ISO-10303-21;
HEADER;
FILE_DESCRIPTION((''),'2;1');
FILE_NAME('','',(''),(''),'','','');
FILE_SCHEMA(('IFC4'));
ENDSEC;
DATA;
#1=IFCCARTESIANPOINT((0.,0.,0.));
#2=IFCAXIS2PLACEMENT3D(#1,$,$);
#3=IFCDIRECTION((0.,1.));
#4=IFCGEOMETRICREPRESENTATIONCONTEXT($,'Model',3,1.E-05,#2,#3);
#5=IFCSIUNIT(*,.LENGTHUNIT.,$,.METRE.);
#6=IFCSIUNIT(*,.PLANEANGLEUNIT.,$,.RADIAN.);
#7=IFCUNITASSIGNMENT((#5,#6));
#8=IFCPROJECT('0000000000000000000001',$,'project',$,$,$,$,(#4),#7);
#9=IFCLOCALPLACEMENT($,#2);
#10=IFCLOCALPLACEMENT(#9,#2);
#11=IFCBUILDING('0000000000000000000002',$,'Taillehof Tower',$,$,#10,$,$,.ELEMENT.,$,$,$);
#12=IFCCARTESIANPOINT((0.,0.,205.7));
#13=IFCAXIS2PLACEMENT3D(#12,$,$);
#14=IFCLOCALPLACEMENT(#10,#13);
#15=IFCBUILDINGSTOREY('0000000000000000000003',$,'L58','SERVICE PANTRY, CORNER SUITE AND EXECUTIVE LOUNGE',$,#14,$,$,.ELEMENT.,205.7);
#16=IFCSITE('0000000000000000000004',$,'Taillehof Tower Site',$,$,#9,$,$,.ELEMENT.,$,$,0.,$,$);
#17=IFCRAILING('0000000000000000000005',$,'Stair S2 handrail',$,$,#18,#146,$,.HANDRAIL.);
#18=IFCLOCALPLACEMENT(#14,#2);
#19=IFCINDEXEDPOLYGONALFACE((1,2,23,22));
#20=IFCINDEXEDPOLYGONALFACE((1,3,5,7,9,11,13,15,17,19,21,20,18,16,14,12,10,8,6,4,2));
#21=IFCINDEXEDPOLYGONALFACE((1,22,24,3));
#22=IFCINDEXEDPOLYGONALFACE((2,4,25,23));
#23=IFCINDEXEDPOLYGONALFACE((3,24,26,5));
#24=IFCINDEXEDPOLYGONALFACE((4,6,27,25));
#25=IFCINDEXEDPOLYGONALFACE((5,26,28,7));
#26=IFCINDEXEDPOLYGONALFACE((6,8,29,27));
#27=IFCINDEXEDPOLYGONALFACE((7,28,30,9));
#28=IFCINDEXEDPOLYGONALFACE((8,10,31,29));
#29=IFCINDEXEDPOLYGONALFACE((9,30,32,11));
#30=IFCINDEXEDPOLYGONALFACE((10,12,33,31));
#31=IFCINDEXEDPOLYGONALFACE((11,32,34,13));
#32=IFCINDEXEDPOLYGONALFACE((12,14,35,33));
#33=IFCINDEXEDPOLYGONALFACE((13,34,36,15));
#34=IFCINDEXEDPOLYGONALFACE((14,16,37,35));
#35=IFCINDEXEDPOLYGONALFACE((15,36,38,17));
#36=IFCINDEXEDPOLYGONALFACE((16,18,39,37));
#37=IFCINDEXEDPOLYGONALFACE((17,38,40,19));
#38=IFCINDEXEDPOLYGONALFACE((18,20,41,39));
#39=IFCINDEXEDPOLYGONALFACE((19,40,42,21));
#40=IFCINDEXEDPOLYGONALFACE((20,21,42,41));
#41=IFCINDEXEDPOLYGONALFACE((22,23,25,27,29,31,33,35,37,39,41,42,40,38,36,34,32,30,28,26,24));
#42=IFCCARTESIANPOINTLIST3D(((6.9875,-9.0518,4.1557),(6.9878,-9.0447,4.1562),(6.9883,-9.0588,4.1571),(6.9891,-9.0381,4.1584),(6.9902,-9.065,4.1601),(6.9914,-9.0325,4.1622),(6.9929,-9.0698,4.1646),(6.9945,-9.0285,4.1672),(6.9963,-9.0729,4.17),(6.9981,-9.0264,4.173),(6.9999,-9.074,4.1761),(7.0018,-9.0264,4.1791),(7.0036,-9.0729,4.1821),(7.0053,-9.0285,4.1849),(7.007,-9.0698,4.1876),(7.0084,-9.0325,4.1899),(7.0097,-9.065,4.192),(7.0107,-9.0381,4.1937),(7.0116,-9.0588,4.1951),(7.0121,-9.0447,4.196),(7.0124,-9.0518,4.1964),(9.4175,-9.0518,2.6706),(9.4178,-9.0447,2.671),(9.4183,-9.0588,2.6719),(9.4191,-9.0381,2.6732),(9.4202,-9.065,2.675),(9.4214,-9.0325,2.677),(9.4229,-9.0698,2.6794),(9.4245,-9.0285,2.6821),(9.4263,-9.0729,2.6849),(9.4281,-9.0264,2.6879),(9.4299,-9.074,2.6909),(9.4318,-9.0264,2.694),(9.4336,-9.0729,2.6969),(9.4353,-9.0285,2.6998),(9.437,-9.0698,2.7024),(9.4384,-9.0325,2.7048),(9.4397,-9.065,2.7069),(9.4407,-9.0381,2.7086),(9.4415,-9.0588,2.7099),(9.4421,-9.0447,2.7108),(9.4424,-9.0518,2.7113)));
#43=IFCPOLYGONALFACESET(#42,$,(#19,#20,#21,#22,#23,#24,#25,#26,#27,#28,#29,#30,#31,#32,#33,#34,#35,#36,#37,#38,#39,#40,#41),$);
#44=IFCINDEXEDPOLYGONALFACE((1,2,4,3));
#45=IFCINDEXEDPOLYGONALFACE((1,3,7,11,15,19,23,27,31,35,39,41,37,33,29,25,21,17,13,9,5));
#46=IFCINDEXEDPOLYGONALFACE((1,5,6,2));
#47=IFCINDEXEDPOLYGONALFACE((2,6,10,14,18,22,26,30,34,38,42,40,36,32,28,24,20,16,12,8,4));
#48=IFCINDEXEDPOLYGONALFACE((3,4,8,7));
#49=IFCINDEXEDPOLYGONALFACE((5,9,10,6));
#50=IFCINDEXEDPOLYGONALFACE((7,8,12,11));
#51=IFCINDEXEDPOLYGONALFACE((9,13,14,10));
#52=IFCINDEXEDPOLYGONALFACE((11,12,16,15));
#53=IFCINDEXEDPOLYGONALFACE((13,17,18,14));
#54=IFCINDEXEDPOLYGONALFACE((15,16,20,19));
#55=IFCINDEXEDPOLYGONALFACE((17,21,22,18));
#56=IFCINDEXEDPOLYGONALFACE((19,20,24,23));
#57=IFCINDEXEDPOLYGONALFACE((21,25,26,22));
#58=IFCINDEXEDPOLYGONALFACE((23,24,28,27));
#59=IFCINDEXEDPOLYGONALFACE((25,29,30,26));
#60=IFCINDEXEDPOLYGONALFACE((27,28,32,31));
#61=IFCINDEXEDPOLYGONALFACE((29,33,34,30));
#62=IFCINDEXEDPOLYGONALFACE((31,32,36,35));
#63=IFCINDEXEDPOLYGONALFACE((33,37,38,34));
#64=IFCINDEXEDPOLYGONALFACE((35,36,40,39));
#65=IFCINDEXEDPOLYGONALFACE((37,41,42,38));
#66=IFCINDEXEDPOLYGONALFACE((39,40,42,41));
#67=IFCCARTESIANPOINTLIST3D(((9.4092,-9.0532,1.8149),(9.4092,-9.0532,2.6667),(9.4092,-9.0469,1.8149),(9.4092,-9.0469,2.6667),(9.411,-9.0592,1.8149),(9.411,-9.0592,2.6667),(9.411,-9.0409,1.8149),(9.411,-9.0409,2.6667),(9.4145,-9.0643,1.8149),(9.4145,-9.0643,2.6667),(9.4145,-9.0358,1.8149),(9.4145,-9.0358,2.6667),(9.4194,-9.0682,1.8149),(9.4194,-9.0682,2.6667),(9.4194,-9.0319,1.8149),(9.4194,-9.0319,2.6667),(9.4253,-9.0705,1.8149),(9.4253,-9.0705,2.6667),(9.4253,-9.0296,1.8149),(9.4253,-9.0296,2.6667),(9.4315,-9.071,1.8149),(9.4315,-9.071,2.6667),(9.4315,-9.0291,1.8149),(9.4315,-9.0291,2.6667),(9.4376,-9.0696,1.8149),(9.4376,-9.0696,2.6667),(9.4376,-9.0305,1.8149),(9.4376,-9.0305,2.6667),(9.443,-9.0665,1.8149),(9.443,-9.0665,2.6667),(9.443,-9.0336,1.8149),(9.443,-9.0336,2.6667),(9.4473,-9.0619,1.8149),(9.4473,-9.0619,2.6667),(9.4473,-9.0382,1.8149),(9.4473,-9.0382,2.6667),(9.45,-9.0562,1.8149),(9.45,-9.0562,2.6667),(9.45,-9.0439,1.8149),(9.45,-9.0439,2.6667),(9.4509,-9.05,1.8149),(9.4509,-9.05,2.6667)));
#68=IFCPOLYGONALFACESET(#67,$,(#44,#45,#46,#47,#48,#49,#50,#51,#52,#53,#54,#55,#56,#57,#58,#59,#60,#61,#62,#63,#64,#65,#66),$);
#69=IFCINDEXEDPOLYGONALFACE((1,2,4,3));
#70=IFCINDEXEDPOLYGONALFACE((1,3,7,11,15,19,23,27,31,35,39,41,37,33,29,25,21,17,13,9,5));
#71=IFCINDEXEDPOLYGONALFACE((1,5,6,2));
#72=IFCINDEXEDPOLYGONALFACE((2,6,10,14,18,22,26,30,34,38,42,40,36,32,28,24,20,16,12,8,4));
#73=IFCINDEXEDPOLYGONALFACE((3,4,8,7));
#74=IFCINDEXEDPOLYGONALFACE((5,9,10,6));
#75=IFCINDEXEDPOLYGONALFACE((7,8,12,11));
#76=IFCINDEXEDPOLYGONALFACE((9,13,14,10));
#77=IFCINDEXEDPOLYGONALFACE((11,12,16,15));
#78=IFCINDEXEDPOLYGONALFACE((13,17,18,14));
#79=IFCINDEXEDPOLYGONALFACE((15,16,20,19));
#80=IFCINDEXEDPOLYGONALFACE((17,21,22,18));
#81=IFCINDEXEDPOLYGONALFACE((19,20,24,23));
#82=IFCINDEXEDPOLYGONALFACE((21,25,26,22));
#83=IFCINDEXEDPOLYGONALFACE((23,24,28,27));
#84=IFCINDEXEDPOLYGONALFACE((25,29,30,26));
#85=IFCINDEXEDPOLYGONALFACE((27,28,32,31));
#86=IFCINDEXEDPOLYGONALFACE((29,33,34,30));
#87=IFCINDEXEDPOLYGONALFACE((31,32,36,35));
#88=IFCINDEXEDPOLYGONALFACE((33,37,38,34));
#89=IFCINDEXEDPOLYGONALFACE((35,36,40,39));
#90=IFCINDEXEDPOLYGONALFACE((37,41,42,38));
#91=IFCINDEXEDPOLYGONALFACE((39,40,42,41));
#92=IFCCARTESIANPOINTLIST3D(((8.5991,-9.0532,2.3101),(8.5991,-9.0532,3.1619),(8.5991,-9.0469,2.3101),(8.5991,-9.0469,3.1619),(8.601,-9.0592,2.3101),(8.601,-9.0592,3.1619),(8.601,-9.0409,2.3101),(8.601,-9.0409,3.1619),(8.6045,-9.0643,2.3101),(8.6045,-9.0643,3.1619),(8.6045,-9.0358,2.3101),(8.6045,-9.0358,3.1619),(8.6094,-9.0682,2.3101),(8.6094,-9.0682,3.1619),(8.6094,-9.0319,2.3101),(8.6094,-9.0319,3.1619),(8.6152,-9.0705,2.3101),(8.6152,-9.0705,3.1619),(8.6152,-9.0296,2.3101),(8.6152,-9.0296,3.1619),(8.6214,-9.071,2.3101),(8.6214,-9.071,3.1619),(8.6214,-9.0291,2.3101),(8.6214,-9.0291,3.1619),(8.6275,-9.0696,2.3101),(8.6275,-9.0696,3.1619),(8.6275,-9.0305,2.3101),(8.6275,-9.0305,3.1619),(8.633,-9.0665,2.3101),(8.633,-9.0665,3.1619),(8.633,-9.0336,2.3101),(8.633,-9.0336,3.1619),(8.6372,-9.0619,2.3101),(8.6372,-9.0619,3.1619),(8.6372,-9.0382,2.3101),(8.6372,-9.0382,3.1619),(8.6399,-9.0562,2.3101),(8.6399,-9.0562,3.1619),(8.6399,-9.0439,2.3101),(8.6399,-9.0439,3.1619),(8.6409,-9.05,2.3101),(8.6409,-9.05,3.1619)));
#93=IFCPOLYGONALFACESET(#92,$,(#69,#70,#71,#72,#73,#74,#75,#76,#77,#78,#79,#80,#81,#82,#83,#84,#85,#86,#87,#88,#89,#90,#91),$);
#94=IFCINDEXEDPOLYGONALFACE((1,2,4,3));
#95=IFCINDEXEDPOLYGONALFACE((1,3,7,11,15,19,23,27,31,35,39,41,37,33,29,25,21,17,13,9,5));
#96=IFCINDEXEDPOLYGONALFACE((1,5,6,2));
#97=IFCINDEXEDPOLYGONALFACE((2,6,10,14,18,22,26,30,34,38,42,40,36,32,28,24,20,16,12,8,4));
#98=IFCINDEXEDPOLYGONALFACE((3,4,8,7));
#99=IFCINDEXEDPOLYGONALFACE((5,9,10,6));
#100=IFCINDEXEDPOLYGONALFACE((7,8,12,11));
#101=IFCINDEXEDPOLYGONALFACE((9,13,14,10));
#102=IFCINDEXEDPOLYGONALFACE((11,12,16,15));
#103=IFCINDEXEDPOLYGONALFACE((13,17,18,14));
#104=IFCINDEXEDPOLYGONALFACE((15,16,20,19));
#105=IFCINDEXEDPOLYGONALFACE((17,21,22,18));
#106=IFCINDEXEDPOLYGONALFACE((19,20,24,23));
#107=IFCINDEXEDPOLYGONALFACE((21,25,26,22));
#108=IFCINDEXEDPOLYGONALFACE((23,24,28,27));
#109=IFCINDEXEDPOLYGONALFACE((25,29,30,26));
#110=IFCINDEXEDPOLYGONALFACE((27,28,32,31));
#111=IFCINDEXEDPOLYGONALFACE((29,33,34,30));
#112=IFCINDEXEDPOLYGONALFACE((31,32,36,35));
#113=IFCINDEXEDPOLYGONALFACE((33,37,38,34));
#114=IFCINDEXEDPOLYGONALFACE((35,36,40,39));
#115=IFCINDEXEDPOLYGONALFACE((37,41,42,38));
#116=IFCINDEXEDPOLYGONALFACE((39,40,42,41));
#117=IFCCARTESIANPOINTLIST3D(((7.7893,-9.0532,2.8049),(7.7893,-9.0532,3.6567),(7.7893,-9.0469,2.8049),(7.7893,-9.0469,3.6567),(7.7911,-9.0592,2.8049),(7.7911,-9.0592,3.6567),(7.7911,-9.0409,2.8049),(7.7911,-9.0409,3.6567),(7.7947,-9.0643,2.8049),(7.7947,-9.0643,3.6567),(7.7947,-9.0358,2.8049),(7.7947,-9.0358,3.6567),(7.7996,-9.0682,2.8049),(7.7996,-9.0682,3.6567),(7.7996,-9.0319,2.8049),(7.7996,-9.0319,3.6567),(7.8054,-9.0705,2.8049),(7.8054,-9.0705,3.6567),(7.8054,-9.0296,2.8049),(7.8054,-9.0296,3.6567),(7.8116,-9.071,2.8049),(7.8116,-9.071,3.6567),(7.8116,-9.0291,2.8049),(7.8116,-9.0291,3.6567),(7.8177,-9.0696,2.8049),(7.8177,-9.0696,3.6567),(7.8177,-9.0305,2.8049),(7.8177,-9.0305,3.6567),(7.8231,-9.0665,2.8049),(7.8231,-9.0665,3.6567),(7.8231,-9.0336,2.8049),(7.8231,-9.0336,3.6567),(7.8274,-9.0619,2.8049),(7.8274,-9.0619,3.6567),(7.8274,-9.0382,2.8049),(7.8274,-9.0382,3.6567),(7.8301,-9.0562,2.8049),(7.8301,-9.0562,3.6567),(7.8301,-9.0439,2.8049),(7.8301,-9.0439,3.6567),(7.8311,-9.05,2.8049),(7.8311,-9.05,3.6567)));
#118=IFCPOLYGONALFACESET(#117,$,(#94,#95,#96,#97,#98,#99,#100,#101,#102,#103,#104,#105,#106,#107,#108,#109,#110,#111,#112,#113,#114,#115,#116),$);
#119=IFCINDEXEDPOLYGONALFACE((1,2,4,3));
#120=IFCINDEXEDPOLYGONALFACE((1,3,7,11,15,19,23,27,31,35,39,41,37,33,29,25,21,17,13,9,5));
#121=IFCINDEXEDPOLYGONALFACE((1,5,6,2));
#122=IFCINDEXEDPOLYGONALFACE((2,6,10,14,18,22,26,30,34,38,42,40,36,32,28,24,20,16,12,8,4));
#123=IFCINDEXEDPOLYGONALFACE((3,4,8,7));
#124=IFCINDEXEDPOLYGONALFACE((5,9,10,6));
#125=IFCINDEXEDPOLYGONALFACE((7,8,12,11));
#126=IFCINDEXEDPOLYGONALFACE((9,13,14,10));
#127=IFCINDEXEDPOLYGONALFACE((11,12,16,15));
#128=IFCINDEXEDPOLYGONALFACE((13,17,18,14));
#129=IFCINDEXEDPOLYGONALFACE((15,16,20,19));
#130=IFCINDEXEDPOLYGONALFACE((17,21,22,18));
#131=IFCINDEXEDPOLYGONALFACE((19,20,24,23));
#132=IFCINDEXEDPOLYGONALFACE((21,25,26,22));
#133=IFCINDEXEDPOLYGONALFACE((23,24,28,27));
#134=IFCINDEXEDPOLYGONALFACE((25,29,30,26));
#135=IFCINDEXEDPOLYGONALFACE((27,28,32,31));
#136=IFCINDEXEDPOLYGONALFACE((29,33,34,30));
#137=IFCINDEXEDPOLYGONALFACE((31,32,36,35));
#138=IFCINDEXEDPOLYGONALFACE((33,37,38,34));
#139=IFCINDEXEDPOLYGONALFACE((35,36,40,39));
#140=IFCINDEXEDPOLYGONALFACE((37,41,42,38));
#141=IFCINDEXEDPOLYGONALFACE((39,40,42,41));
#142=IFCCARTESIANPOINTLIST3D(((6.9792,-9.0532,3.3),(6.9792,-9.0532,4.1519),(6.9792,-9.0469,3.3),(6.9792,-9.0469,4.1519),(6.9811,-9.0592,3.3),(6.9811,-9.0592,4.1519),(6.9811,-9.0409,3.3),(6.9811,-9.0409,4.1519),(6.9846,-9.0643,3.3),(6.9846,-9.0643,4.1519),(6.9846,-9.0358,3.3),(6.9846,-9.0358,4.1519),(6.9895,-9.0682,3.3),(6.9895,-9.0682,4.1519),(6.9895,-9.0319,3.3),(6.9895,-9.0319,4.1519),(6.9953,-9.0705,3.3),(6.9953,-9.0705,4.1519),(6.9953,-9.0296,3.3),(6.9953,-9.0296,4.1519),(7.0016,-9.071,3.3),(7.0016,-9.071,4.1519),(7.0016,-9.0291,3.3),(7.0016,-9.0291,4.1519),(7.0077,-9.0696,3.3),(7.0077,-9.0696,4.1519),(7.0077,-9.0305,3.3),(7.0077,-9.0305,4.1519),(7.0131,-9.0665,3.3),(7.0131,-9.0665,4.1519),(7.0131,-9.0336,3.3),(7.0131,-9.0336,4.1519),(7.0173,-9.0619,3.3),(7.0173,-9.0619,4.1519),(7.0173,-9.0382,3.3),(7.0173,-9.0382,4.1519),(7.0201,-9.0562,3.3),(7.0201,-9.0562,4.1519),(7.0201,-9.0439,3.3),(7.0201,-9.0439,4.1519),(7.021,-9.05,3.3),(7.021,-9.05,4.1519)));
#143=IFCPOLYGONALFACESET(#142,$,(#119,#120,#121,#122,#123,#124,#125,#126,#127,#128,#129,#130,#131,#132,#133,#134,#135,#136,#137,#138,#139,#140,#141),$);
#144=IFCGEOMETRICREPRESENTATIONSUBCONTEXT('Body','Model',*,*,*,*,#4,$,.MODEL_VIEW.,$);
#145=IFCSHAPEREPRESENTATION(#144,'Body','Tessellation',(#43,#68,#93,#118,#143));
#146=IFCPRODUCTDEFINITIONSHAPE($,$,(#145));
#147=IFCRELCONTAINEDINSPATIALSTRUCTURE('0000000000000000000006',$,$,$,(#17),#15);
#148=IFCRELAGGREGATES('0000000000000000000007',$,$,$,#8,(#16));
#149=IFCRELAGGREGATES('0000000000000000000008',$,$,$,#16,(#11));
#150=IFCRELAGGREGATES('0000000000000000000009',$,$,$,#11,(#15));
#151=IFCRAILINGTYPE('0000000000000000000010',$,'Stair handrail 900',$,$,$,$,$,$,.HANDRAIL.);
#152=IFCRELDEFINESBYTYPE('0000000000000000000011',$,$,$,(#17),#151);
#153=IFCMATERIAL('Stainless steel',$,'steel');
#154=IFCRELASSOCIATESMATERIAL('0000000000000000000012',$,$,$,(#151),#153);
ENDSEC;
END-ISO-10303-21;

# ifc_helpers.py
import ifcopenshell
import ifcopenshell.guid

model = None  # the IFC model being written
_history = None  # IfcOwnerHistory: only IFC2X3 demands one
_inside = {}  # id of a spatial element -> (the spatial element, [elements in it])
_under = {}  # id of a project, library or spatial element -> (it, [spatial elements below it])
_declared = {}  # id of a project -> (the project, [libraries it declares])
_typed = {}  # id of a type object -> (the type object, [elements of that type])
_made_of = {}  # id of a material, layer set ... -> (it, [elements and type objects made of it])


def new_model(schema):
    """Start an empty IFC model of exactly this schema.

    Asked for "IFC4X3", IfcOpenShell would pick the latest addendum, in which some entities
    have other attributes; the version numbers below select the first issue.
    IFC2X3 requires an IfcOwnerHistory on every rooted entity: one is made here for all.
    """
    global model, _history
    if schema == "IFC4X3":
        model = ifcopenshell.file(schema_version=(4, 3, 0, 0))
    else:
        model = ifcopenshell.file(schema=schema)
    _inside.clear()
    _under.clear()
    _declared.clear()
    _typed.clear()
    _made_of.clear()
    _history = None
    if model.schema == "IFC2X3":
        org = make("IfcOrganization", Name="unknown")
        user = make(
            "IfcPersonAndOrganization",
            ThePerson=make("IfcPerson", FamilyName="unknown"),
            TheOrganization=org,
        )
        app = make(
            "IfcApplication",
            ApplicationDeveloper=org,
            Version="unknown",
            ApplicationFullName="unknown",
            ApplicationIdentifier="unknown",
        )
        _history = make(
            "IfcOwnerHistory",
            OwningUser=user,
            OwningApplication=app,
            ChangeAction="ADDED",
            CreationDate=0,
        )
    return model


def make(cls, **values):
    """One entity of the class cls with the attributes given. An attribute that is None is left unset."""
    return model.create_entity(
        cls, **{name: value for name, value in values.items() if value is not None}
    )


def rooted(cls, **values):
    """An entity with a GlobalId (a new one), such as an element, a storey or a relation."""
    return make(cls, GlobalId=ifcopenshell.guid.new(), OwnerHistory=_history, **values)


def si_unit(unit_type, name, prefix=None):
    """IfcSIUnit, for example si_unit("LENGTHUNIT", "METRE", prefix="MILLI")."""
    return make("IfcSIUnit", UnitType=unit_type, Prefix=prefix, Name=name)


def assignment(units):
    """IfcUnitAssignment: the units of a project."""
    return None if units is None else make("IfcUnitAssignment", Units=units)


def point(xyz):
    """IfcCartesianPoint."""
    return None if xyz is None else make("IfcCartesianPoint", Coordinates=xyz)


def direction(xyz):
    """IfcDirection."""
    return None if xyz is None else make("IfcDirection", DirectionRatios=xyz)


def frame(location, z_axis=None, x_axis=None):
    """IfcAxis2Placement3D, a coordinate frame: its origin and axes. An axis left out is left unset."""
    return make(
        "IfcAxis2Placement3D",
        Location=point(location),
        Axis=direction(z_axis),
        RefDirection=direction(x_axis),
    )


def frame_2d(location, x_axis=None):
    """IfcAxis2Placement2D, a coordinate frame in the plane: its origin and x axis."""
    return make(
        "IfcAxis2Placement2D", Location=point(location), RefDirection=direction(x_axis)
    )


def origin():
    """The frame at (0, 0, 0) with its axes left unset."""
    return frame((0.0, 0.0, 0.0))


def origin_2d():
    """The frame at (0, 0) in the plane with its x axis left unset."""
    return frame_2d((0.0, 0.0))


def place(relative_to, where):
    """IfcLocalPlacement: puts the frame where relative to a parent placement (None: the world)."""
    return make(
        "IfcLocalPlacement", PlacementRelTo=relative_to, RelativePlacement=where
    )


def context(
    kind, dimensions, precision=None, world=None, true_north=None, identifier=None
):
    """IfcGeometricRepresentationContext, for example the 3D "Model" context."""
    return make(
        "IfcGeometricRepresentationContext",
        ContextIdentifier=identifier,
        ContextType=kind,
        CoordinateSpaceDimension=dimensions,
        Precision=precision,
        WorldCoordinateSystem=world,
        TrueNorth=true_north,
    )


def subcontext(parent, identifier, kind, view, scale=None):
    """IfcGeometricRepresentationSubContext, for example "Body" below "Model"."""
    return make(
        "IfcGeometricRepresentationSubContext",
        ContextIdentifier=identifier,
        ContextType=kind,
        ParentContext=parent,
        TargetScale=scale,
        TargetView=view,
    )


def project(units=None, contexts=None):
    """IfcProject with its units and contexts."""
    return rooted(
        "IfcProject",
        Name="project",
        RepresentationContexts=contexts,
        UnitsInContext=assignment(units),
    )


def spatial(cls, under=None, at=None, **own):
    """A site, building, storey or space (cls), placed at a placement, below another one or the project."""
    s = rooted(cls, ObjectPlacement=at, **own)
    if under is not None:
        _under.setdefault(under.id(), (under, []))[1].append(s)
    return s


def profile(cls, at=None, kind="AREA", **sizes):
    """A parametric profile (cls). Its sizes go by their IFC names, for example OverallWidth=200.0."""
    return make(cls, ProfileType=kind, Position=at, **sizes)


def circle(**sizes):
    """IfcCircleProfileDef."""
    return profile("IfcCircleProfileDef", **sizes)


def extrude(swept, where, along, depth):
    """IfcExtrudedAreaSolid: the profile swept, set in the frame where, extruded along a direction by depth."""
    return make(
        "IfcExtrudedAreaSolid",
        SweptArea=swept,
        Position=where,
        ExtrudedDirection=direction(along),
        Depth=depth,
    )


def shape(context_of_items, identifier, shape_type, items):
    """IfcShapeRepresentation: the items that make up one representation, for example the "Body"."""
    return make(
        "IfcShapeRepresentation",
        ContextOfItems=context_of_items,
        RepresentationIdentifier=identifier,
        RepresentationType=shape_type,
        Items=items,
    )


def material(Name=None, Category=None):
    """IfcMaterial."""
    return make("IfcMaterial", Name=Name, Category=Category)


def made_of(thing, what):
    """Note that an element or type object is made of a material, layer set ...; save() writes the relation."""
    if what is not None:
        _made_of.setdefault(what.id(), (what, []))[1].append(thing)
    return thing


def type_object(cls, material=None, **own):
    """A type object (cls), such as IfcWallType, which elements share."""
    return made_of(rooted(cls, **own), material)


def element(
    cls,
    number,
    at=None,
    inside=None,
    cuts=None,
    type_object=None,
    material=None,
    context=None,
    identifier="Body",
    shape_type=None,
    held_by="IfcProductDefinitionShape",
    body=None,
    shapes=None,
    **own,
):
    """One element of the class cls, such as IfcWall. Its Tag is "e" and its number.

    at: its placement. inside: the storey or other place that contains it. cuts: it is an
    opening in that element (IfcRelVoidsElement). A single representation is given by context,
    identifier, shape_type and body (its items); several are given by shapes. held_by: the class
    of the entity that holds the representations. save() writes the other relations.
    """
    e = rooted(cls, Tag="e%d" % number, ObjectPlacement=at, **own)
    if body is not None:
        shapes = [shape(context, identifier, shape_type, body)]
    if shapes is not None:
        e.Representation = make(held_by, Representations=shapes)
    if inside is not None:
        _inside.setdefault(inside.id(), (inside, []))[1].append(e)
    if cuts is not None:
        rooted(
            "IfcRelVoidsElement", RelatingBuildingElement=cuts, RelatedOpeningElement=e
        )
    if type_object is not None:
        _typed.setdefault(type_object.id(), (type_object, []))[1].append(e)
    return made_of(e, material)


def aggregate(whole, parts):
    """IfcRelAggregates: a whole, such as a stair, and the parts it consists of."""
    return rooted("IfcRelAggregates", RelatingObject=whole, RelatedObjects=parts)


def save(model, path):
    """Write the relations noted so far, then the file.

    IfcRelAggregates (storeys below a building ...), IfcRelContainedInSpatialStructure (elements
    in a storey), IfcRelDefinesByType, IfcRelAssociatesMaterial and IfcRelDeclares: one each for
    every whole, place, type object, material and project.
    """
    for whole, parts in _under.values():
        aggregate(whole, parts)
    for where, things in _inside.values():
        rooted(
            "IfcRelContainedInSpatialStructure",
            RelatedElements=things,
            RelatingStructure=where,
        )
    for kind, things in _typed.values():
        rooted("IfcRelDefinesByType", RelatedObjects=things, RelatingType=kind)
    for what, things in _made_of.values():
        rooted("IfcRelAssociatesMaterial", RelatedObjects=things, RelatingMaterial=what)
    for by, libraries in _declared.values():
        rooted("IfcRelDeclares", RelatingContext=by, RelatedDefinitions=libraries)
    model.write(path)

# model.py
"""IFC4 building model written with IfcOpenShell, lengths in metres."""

from ifc_helpers import new_model, si_unit, direction, frame, origin, origin_2d, place, context, subcontext, project, spatial, circle, extrude, material, type_object, element, save


model = new_model("IFC4")

# Units and contexts
model_context = context("Model", 3, precision=1e-05, world=origin(), true_north=direction((0.0, 1.0)))
body_context = subcontext(model_context, "Body", "Model", "MODEL_VIEW")
ifc_project = project(units=[si_unit("LENGTHUNIT", "METRE"), si_unit("PLANEANGLEUNIT", "RADIAN")], contexts=[model_context])

# Site, building, storey
site_placement = place(None, origin())
site = spatial("IfcSite", under=ifc_project, at=site_placement, Name="Taillehof Tower Site", CompositionType="ELEMENT", RefElevation=0.0)
building_placement = place(site_placement, origin())
building = spatial("IfcBuilding", under=site, at=building_placement, Name="Taillehof Tower", CompositionType="ELEMENT")
storey_placement = place(building_placement, frame((0.0, 0.0, 205.7)))
storey = spatial("IfcBuildingStorey", under=building, at=storey_placement, Name="L58", Description="SERVICE PANTRY, CORNER SUITE AND EXECUTIVE LOUNGE", CompositionType="ELEMENT", Elevation=205.7)

# Railing
ifc_material_1 = material(Name="Stainless steel", Category="steel")
railing_type = type_object("IfcRailingType", Name="Stair handrail 900", PredefinedType="HANDRAIL", material=ifc_material_1)
railing_1_placement = place(storey_placement, frame((9.4299, -9.05, 1.8149)))
element("IfcRailing", 1, at=railing_1_placement, inside=storey, type_object=railing_type, Name="Stair S2 handrail", PredefinedType="HANDRAIL", context=body_context, shape_type="SweptSolid", body=[
    extrude(circle(Radius=0.0239, at=origin_2d()), frame((0.0, 0.0, 0.876), z_axis=(-0.853259, 0.0, 0.521488), x_axis=(0.0, -1.0, 0.0)), (0.0, 0.0, 1.0), 2.8479),
    extrude(circle(Radius=0.021, at=origin_2d()), origin(), (0.0, 0.0, 1.0), 0.8518),
    extrude(circle(Radius=0.021, at=origin_2d()), frame((-0.8101, 0.0, 0.4951)), (0.0, 0.0, 1.0), 0.8518),
    extrude(circle(Radius=0.021, at=origin_2d()), frame((-1.6199, 0.0, 0.99)), (0.0, 0.0, 1.0), 0.8518),
    extrude(circle(Radius=0.021, at=origin_2d()), frame((-2.4299, 0.0, 1.4851)), (0.0, 0.0, 1.0), 0.8518),
])

save(model, "model.ifc")
